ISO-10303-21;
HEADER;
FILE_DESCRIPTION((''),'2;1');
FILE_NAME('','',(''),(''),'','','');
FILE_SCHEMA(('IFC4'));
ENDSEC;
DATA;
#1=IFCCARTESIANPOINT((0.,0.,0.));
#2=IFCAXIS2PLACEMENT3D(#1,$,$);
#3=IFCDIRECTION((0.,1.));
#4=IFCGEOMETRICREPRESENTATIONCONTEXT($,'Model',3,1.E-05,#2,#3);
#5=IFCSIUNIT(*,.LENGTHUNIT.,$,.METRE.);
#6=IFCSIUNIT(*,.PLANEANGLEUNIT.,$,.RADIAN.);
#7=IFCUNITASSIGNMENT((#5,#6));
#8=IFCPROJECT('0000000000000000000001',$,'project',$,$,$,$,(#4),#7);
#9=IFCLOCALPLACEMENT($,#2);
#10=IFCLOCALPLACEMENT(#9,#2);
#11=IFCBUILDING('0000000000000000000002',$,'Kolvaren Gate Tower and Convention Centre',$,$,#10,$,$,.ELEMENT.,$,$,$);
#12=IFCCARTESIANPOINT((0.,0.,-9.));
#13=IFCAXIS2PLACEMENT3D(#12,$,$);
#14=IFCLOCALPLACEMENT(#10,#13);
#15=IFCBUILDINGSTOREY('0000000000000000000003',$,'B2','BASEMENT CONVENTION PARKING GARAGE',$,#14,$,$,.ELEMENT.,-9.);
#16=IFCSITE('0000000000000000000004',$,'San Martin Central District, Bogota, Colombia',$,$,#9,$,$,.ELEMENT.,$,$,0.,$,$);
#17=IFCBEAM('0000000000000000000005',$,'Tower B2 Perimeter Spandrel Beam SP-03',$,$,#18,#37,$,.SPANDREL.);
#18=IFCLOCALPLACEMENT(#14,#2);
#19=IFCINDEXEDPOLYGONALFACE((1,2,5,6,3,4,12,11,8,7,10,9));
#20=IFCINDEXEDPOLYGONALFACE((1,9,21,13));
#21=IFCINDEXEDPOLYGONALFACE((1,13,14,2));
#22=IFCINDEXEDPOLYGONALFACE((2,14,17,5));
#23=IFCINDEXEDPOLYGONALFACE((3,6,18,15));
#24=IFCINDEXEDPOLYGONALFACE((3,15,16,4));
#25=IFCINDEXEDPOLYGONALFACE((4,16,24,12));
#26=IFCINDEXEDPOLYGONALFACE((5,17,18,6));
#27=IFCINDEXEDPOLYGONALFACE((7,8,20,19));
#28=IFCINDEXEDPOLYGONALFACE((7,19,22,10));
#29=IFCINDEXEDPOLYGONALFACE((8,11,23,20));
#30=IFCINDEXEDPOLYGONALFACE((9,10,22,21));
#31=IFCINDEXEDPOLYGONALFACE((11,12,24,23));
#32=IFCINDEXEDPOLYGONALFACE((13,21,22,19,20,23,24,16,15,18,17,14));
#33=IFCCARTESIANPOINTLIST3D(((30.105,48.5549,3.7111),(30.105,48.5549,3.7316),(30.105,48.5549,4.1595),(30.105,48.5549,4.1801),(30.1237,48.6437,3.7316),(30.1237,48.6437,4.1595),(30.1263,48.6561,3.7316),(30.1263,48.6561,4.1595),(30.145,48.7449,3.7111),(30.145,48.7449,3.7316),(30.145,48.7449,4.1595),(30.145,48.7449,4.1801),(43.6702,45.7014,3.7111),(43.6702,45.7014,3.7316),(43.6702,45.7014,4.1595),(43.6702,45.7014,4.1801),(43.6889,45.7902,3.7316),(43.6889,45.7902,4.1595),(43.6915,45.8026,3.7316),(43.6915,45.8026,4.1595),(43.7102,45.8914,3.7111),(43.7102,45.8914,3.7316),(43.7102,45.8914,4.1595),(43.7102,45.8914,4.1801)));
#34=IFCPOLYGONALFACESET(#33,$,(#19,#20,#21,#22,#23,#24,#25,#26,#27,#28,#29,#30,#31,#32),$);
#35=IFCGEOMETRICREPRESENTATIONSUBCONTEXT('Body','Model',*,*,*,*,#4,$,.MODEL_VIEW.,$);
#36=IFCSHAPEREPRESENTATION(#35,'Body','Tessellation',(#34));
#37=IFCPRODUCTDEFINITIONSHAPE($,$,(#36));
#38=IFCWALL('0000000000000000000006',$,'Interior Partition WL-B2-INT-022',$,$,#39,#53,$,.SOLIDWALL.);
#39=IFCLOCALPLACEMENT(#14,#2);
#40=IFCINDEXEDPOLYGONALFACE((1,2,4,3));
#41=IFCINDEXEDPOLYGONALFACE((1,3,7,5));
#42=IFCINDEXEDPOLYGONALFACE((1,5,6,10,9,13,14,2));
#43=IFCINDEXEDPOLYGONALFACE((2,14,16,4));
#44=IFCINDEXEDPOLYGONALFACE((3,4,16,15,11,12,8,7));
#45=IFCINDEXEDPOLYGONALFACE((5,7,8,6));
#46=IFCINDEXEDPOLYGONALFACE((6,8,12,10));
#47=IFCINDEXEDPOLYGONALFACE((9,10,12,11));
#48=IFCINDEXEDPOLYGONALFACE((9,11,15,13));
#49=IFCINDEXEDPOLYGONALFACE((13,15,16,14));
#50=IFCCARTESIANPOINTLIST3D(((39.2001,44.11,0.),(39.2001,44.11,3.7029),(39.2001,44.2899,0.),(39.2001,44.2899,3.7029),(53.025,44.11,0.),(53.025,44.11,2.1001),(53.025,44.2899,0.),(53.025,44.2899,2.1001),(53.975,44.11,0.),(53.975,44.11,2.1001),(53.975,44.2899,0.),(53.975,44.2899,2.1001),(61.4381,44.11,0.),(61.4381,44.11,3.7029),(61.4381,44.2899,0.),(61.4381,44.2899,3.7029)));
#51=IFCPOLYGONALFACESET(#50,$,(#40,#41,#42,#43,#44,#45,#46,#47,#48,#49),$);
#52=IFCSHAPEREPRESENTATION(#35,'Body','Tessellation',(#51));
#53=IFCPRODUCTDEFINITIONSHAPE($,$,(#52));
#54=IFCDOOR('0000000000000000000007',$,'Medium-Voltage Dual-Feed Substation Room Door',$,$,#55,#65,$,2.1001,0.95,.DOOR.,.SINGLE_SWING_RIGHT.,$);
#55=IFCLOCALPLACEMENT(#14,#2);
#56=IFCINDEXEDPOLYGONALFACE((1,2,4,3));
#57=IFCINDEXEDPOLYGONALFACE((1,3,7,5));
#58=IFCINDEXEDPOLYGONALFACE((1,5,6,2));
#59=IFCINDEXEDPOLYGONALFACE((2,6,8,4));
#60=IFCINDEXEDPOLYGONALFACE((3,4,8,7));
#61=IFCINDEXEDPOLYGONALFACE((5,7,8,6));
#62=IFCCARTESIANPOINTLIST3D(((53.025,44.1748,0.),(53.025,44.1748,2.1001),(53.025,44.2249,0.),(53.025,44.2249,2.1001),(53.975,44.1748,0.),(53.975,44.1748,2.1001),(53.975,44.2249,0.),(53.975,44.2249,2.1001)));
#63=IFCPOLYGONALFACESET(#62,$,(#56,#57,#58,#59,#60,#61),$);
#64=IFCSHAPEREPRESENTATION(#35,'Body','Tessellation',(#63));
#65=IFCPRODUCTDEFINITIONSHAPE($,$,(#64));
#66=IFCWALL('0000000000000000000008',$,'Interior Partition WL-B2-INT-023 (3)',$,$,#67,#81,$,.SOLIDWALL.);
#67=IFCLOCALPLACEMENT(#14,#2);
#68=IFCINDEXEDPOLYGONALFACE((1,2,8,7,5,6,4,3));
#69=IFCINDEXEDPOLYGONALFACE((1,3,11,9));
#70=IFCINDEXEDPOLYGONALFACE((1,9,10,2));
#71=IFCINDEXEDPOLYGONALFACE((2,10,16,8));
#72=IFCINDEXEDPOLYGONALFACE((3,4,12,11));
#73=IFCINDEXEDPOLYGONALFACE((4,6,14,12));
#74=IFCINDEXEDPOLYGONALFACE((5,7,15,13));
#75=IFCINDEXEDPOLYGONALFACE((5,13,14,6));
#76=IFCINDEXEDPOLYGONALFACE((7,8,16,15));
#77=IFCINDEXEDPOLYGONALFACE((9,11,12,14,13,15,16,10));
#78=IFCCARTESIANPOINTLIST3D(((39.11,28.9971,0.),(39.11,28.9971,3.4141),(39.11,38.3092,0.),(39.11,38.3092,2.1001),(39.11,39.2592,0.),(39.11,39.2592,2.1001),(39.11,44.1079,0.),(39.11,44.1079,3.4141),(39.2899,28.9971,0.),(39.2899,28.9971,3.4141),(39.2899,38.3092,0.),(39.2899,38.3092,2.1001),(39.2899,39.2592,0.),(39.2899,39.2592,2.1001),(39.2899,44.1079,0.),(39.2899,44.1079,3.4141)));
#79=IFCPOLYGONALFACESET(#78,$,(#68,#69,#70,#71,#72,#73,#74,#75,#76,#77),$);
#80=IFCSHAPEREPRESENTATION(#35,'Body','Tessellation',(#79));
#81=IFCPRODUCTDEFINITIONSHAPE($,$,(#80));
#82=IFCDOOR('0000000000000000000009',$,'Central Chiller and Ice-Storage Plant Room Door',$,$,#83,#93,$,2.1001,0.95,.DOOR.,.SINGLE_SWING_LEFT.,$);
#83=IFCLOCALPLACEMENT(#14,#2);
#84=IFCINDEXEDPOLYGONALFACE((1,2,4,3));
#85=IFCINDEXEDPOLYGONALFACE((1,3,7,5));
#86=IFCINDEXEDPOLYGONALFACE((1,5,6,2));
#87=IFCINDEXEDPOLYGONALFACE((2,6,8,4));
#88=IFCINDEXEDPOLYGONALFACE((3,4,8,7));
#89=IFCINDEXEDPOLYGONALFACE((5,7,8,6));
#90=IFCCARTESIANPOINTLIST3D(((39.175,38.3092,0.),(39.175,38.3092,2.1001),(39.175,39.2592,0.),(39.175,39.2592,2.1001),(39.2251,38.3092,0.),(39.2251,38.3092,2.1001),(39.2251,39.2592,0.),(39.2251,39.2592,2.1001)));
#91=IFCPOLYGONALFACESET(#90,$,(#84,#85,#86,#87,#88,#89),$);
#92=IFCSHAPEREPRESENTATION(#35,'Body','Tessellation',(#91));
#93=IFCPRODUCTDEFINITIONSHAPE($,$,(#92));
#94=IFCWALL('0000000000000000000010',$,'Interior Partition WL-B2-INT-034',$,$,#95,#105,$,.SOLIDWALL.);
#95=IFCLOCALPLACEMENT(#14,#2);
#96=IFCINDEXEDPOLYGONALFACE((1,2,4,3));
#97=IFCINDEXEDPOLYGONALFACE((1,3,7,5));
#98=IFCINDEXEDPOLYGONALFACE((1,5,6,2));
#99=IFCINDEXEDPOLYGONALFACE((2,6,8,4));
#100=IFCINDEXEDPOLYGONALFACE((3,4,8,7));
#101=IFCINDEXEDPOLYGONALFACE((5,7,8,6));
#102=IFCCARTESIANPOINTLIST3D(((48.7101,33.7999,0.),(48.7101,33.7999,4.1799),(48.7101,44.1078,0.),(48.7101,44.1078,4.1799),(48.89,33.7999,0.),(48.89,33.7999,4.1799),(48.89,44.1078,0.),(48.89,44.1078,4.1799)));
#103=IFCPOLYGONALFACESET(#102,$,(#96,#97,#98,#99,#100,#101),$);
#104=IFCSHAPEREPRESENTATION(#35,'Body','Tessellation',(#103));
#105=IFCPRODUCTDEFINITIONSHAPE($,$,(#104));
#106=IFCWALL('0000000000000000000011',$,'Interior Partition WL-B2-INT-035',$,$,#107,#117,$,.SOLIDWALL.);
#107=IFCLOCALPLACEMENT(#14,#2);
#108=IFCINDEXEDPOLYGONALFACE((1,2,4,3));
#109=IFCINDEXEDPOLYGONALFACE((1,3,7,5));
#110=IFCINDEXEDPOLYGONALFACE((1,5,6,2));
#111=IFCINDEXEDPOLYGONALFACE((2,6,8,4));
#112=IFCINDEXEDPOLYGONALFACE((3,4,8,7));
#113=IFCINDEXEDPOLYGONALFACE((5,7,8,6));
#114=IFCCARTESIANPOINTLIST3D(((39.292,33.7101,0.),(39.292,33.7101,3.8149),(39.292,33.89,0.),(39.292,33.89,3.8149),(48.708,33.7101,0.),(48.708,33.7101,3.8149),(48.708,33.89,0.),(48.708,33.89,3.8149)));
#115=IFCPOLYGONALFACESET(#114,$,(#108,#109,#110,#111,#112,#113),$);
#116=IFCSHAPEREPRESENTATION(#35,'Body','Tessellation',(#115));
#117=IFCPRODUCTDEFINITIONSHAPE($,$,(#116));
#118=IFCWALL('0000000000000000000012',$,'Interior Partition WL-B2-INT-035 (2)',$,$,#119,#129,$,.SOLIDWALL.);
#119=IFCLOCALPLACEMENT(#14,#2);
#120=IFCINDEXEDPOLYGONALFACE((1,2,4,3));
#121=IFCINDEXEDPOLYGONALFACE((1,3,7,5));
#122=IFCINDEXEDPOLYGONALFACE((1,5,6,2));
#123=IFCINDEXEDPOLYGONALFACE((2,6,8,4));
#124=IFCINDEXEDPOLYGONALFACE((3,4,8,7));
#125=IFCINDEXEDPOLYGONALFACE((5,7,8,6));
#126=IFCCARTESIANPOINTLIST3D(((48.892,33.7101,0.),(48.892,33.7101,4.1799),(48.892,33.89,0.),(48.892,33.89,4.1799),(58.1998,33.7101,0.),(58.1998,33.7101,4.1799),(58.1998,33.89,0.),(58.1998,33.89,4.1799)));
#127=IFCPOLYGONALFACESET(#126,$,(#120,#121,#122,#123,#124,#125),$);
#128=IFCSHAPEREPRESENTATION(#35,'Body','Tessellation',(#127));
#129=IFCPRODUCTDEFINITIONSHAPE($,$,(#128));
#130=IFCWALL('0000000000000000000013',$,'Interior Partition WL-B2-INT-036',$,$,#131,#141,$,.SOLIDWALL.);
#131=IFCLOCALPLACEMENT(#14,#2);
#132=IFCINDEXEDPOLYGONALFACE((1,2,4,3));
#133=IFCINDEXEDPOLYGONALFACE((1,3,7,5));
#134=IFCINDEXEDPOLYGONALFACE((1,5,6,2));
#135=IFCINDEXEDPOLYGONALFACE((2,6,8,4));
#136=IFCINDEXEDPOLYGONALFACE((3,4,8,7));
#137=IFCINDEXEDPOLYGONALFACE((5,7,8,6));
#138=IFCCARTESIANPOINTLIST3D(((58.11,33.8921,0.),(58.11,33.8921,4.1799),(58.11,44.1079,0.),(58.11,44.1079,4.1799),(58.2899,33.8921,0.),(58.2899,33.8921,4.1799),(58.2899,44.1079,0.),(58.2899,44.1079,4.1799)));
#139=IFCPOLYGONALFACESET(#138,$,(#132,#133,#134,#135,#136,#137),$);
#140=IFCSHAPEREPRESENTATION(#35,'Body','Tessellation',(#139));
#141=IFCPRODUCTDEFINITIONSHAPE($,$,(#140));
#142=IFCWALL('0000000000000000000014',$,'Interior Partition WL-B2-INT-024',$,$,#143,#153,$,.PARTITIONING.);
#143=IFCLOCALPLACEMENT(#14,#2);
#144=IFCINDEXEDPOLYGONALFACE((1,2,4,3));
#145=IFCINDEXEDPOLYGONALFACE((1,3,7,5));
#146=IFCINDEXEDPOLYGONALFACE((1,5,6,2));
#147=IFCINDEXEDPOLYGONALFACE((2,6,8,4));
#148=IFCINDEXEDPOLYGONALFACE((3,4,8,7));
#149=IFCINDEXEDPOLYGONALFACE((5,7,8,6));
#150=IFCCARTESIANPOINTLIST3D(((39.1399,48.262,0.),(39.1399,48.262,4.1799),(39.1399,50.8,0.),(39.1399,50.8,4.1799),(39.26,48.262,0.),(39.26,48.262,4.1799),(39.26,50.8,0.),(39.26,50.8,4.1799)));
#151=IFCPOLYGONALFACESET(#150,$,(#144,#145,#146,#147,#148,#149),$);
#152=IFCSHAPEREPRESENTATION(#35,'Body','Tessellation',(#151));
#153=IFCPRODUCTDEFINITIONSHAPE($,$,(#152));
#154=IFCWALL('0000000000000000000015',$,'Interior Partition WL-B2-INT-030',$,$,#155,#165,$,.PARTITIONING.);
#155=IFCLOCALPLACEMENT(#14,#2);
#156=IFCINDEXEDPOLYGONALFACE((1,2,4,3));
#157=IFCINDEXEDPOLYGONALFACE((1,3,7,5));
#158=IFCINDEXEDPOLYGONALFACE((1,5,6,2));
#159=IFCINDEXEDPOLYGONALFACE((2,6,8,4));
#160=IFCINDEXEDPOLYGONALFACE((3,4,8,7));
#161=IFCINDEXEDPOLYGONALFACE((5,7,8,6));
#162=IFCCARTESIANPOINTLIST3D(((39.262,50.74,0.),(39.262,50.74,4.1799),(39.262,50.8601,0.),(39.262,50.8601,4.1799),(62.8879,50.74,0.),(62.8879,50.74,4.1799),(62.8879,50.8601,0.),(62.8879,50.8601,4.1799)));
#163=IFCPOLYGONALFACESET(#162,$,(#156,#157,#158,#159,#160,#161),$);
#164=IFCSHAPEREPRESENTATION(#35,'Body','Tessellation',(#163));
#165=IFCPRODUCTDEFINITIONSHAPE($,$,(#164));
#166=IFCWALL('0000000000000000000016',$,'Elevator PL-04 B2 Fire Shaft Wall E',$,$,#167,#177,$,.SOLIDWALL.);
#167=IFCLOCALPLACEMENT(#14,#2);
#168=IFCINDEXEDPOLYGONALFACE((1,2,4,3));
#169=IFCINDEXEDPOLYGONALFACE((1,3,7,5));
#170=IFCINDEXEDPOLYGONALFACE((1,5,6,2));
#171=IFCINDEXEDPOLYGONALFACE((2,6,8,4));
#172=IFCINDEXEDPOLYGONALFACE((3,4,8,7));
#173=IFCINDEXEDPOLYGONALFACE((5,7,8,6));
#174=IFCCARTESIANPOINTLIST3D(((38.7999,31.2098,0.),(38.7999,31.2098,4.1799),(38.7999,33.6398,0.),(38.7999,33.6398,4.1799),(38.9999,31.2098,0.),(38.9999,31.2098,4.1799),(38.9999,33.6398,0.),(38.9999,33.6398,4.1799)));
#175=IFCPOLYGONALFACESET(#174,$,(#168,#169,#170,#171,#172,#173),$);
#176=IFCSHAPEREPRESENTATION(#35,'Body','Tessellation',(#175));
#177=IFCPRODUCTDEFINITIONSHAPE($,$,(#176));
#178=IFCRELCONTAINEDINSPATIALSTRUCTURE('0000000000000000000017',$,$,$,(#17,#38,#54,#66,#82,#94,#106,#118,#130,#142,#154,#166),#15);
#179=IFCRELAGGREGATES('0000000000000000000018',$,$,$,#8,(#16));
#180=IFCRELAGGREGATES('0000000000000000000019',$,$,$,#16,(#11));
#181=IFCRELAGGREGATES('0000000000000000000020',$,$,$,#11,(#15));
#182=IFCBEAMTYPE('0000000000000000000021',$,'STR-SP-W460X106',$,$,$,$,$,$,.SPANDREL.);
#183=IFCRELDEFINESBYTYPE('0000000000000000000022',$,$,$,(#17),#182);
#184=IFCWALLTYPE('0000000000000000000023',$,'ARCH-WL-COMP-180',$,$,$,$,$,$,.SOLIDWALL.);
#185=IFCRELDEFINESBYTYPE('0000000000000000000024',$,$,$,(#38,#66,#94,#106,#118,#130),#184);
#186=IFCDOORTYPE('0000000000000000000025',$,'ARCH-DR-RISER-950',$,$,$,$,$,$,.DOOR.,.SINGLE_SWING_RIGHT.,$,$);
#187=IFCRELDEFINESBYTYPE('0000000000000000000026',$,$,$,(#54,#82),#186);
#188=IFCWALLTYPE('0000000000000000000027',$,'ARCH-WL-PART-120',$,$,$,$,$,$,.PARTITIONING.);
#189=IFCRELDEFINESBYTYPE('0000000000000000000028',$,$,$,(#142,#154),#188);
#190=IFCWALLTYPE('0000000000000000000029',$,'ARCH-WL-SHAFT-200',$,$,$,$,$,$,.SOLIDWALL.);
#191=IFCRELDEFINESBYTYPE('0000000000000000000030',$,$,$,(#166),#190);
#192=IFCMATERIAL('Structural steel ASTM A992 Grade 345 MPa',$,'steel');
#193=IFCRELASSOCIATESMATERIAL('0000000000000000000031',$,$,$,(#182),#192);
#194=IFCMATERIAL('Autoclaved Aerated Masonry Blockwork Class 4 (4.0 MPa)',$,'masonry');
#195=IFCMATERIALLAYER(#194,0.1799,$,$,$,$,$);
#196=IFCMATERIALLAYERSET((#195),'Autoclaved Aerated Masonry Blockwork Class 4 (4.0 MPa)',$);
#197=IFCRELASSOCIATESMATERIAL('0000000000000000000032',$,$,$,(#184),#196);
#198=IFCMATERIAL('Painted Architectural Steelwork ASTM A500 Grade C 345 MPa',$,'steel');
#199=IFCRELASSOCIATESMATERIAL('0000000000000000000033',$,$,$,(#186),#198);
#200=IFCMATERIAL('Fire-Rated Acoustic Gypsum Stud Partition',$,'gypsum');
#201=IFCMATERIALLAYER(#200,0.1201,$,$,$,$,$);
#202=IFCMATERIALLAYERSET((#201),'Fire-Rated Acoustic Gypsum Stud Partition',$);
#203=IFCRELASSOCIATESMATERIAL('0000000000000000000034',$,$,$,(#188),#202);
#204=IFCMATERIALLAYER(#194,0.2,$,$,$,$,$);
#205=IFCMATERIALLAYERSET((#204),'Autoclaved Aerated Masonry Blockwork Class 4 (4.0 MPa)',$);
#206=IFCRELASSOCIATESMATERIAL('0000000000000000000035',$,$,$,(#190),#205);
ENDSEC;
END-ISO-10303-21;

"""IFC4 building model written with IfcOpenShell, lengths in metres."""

from ifc_helpers import new_model, si_unit, direction, frame, frame_2d, origin, origin_2d, place, context, subcontext, project, spatial, rectangle, i_section, extrude, material, layer, layer_set, material_profile, profile_set, type_object, element, fill, save


model = new_model("IFC4")

# Units and contexts
model_context = context("Model", 3, precision=1e-05, world=origin(), true_north=direction((0.0, 1.0)))
body_context = subcontext(model_context, "Body", "Model", "MODEL_VIEW")
ifc_project = project(units=[si_unit("LENGTHUNIT", "METRE"), si_unit("PLANEANGLEUNIT", "RADIAN")], contexts=[model_context])

# Site, building, storey
site_placement = place(None, origin())
site = spatial("IfcSite", under=ifc_project, at=site_placement, Name="San Martin Central District, Bogota, Colombia", CompositionType="ELEMENT", RefElevation=0.0)
building_placement = place(site_placement, origin())
building = spatial("IfcBuilding", under=site, at=building_placement, Name="Kolvaren Gate Tower and Convention Centre", CompositionType="ELEMENT")
storey_placement = place(building_placement, frame((0.0, 0.0, -9.0)))
storey = spatial("IfcBuildingStorey", under=building, at=storey_placement, Name="B2", Description="BASEMENT CONVENTION PARKING GARAGE", CompositionType="ELEMENT", Elevation=-9.0)

# Beam
ifc_material_1 = material(Name="Structural steel ASTM A992 Grade 345 MPa", Category="steel")
ifc_material_profile_1 = material_profile(ifc_material_1, i_section(OverallWidth=0.1941, OverallDepth=0.469, WebThickness=0.0127, FlangeThickness=0.0205, at=origin_2d()), Name="W460X106")
ifc_profile_set_1 = profile_set([ifc_material_profile_1], Name="Structural steel ASTM A992 Grade 345 MPa")
beam_type_1 = type_object("IfcBeamType", Name="STR-SP-W460X106", PredefinedType="SPANDREL", material=ifc_profile_set_1)
beam_1_placement = place(storey_placement, frame((43.6902, 45.7964, 3.9456), z_axis=(-0.978583, 0.205851, 0.0), x_axis=(-0.205851, -0.978583, 0.0)))
element("IfcBeam", 1, at=beam_1_placement, inside=storey, type_object=beam_type_1, Name="Tower B2 Perimeter Spandrel Beam SP-03", PredefinedType="SPANDREL", context=body_context, shape_type="SweptSolid", body=[
    extrude(i_section(OverallWidth=0.1941, OverallDepth=0.469, WebThickness=0.0127, FlangeThickness=0.0205, at=origin_2d()), origin(), (0.0, 0.0, 1.0), 13.8621),
])

# Walls, openings, doors
ifc_material_2 = material(Name="Autoclaved Aerated Masonry Blockwork Class 4 (4.0 MPa)", Category="masonry")
ifc_layer_1 = layer(ifc_material_2, 0.1799)
ifc_layer_set_1 = layer_set([ifc_layer_1], Name="Autoclaved Aerated Masonry Blockwork Class 4 (4.0 MPa)")
wall_type_1 = type_object("IfcWallType", Name="ARCH-WL-COMP-180", PredefinedType="SOLIDWALL", material=ifc_layer_set_1)
wall_1_placement = place(storey_placement, frame((39.2, 44.2, 0.0), z_axis=(0.0, 0.0, 1.0), x_axis=(1.0, 0.0, 0.0)))
wall_1 = element("IfcWall", 2, at=wall_1_placement, inside=storey, type_object=wall_type_1, Name="Interior Partition WL-B2-INT-022", PredefinedType="SOLIDWALL", context=body_context, shape_type="SweptSolid", body=[
    extrude(rectangle(XDim=22.238, YDim=0.1799, at=frame_2d((11.1191, 0.0))), origin(), (0.0, 0.0, 1.0), 3.7029),
])
opening_1_placement = place(wall_1_placement, frame((13.825, 0.0, 0.0)))
opening_1 = element("IfcOpeningElement", 3, at=opening_1_placement, cuts=wall_1, PredefinedType="OPENING", context=body_context, shape_type="SweptSolid", body=[
    extrude(rectangle(XDim=0.95, YDim=2.1001, at=frame_2d((0.4751, 1.05))), frame((0.0, 0.0999, 0.0), z_axis=(0.0, -1.0, 0.0), x_axis=(1.0, 0.0, 0.0)), (0.0, 0.0, 1.0), 0.2),
])
ifc_material_3 = material(Name="Painted Architectural Steelwork ASTM A500 Grade C 345 MPa", Category="steel")
door_type = type_object("IfcDoorType", Name="ARCH-DR-RISER-950", OperationType="SINGLE_SWING_RIGHT", PredefinedType="DOOR", material=ifc_material_3)
door_1_placement = place(opening_1_placement, origin())
door_1 = element("IfcDoor", 4, at=door_1_placement, inside=storey, type_object=door_type, Name="Medium-Voltage Dual-Feed Substation Room Door", OperationType="SINGLE_SWING_RIGHT", OverallHeight=2.1001, OverallWidth=0.95, PredefinedType="DOOR", context=body_context, shape_type="SweptSolid", body=[
    extrude(rectangle(XDim=0.95, YDim=2.1001, at=frame_2d((0.4751, 1.05))), frame((0.0, 0.0249, 0.0), z_axis=(0.0, -1.0, 0.0), x_axis=(1.0, 0.0, 0.0)), (0.0, 0.0, 1.0), 0.05),
])
fill(opening_1, door_1)
wall_2_placement = place(storey_placement, frame((39.2, 28.9971, 0.0), z_axis=(0.0, 0.0, 1.0), x_axis=(0.0, 1.0, 0.0)))
wall_2 = element("IfcWall", 5, at=wall_2_placement, inside=storey, type_object=wall_type_1, Name="Interior Partition WL-B2-INT-023 (3)", PredefinedType="SOLIDWALL", context=body_context, shape_type="SweptSolid", body=[
    extrude(rectangle(XDim=15.1108, YDim=0.1799, at=frame_2d((7.5554, 0.0))), origin(), (0.0, 0.0, 1.0), 3.4141),
])
opening_2_placement = place(wall_2_placement, frame((9.312, 0.0, 0.0)))
opening_2 = element("IfcOpeningElement", 6, at=opening_2_placement, cuts=wall_2, PredefinedType="OPENING", context=body_context, shape_type="SweptSolid", body=[
    extrude(rectangle(XDim=0.95, YDim=2.1001, at=frame_2d((0.4751, 1.05))), frame((0.0, 0.0999, 0.0), z_axis=(0.0, -1.0, 0.0), x_axis=(1.0, 0.0, 0.0)), (0.0, 0.0, 1.0), 0.2),
])
door_2_placement = place(opening_2_placement, origin())
door_2 = element("IfcDoor", 7, at=door_2_placement, inside=storey, type_object=door_type, Name="Central Chiller and Ice-Storage Plant Room Door", OperationType="SINGLE_SWING_LEFT", OverallHeight=2.1001, OverallWidth=0.95, PredefinedType="DOOR", context=body_context, shape_type="SweptSolid", body=[
    extrude(rectangle(XDim=0.95, YDim=2.1001, at=frame_2d((0.4751, 1.05))), frame((0.0, 0.0249, 0.0), z_axis=(0.0, -1.0, 0.0), x_axis=(1.0, 0.0, 0.0)), (0.0, 0.0, 1.0), 0.05),
])
fill(opening_2, door_2)

# Walls
wall_3_placement = place(storey_placement, frame((48.8, 33.8, 0.0), z_axis=(0.0, 0.0, 1.0), x_axis=(0.0, 1.0, 0.0)))
element("IfcWall", 8, at=wall_3_placement, inside=storey, type_object=wall_type_1, Name="Interior Partition WL-B2-INT-034", PredefinedType="SOLIDWALL", context=body_context, shape_type="SweptSolid", body=[
    extrude(rectangle(XDim=10.3079, YDim=0.1799, at=frame_2d((5.1538, 0.0))), origin(), (0.0, 0.0, 1.0), 4.1799),
])
wall_4_placement = place(storey_placement, frame((39.292, 33.8, 0.0), z_axis=(0.0, 0.0, 1.0), x_axis=(1.0, 0.0, 0.0)))
element("IfcWall", 9, at=wall_4_placement, inside=storey, type_object=wall_type_1, Name="Interior Partition WL-B2-INT-035", PredefinedType="SOLIDWALL", context=body_context, shape_type="SweptSolid", body=[
    extrude(rectangle(XDim=9.416, YDim=0.1799, at=frame_2d((4.708, 0.0))), origin(), (0.0, 0.0, 1.0), 3.8149),
])
wall_5_placement = place(storey_placement, frame((48.8921, 33.8, 0.0), z_axis=(0.0, 0.0, 1.0), x_axis=(1.0, 0.0, 0.0)))
element("IfcWall", 10, at=wall_5_placement, inside=storey, type_object=wall_type_1, Name="Interior Partition WL-B2-INT-035 (2)", PredefinedType="SOLIDWALL", context=body_context, shape_type="SweptSolid", body=[
    extrude(rectangle(XDim=9.3079, YDim=0.1799, at=frame_2d((4.6538, 0.0))), origin(), (0.0, 0.0, 1.0), 4.1799),
])
wall_6_placement = place(storey_placement, frame((58.2, 33.8921, 0.0), z_axis=(0.0, 0.0, 1.0), x_axis=(0.0, 1.0, 0.0)))
element("IfcWall", 11, at=wall_6_placement, inside=storey, type_object=wall_type_1, Name="Interior Partition WL-B2-INT-036", PredefinedType="SOLIDWALL", context=body_context, shape_type="SweptSolid", body=[
    extrude(rectangle(XDim=10.2158, YDim=0.1799, at=frame_2d((5.1079, 0.0))), origin(), (0.0, 0.0, 1.0), 4.1799),
])
ifc_material_4 = material(Name="Fire-Rated Acoustic Gypsum Stud Partition", Category="gypsum")
ifc_layer_2 = layer(ifc_material_4, 0.1201)
ifc_layer_set_2 = layer_set([ifc_layer_2], Name="Fire-Rated Acoustic Gypsum Stud Partition")
wall_type_2 = type_object("IfcWallType", Name="ARCH-WL-PART-120", PredefinedType="PARTITIONING", material=ifc_layer_set_2)
wall_7_placement = place(storey_placement, frame((39.2, 48.262, 0.0), z_axis=(0.0, 0.0, 1.0), x_axis=(0.0, 1.0, 0.0)))
element("IfcWall", 12, at=wall_7_placement, inside=storey, type_object=wall_type_2, Name="Interior Partition WL-B2-INT-024", PredefinedType="PARTITIONING", context=body_context, shape_type="SweptSolid", body=[
    extrude(rectangle(XDim=2.5381, YDim=0.1201, at=frame_2d((1.269, 0.0))), origin(), (0.0, 0.0, 1.0), 4.1799),
])
wall_8_placement = place(storey_placement, frame((39.262, 50.8, 0.0), z_axis=(0.0, 0.0, 1.0), x_axis=(1.0, 0.0, 0.0)))
element("IfcWall", 13, at=wall_8_placement, inside=storey, type_object=wall_type_2, Name="Interior Partition WL-B2-INT-030", PredefinedType="PARTITIONING", context=body_context, shape_type="SweptSolid", body=[
    extrude(rectangle(XDim=23.626, YDim=0.1201, at=frame_2d((11.813, 0.0))), origin(), (0.0, 0.0, 1.0), 4.1799),
])
ifc_layer_3 = layer(ifc_material_2, 0.2)
ifc_layer_set_3 = layer_set([ifc_layer_3], Name="Autoclaved Aerated Masonry Blockwork Class 4 (4.0 MPa)")
wall_type_3 = type_object("IfcWallType", Name="ARCH-WL-SHAFT-200", PredefinedType="SOLIDWALL", material=ifc_layer_set_3)
wall_9_placement = place(storey_placement, frame((38.8999, 31.21, 0.0), z_axis=(0.0, 0.0, 1.0), x_axis=(0.0, 1.0, 0.0)))
element("IfcWall", 14, at=wall_9_placement, inside=storey, type_object=wall_type_3, Name="Elevator PL-04 B2 Fire Shaft Wall E", PredefinedType="SOLIDWALL", context=body_context, shape_type="SweptSolid", body=[
    extrude(rectangle(XDim=2.4299, YDim=0.2, at=frame_2d((1.2148, 0.0))), origin(), (0.0, 0.0, 1.0), 4.1799),
])

save(model, "model.ifc")
